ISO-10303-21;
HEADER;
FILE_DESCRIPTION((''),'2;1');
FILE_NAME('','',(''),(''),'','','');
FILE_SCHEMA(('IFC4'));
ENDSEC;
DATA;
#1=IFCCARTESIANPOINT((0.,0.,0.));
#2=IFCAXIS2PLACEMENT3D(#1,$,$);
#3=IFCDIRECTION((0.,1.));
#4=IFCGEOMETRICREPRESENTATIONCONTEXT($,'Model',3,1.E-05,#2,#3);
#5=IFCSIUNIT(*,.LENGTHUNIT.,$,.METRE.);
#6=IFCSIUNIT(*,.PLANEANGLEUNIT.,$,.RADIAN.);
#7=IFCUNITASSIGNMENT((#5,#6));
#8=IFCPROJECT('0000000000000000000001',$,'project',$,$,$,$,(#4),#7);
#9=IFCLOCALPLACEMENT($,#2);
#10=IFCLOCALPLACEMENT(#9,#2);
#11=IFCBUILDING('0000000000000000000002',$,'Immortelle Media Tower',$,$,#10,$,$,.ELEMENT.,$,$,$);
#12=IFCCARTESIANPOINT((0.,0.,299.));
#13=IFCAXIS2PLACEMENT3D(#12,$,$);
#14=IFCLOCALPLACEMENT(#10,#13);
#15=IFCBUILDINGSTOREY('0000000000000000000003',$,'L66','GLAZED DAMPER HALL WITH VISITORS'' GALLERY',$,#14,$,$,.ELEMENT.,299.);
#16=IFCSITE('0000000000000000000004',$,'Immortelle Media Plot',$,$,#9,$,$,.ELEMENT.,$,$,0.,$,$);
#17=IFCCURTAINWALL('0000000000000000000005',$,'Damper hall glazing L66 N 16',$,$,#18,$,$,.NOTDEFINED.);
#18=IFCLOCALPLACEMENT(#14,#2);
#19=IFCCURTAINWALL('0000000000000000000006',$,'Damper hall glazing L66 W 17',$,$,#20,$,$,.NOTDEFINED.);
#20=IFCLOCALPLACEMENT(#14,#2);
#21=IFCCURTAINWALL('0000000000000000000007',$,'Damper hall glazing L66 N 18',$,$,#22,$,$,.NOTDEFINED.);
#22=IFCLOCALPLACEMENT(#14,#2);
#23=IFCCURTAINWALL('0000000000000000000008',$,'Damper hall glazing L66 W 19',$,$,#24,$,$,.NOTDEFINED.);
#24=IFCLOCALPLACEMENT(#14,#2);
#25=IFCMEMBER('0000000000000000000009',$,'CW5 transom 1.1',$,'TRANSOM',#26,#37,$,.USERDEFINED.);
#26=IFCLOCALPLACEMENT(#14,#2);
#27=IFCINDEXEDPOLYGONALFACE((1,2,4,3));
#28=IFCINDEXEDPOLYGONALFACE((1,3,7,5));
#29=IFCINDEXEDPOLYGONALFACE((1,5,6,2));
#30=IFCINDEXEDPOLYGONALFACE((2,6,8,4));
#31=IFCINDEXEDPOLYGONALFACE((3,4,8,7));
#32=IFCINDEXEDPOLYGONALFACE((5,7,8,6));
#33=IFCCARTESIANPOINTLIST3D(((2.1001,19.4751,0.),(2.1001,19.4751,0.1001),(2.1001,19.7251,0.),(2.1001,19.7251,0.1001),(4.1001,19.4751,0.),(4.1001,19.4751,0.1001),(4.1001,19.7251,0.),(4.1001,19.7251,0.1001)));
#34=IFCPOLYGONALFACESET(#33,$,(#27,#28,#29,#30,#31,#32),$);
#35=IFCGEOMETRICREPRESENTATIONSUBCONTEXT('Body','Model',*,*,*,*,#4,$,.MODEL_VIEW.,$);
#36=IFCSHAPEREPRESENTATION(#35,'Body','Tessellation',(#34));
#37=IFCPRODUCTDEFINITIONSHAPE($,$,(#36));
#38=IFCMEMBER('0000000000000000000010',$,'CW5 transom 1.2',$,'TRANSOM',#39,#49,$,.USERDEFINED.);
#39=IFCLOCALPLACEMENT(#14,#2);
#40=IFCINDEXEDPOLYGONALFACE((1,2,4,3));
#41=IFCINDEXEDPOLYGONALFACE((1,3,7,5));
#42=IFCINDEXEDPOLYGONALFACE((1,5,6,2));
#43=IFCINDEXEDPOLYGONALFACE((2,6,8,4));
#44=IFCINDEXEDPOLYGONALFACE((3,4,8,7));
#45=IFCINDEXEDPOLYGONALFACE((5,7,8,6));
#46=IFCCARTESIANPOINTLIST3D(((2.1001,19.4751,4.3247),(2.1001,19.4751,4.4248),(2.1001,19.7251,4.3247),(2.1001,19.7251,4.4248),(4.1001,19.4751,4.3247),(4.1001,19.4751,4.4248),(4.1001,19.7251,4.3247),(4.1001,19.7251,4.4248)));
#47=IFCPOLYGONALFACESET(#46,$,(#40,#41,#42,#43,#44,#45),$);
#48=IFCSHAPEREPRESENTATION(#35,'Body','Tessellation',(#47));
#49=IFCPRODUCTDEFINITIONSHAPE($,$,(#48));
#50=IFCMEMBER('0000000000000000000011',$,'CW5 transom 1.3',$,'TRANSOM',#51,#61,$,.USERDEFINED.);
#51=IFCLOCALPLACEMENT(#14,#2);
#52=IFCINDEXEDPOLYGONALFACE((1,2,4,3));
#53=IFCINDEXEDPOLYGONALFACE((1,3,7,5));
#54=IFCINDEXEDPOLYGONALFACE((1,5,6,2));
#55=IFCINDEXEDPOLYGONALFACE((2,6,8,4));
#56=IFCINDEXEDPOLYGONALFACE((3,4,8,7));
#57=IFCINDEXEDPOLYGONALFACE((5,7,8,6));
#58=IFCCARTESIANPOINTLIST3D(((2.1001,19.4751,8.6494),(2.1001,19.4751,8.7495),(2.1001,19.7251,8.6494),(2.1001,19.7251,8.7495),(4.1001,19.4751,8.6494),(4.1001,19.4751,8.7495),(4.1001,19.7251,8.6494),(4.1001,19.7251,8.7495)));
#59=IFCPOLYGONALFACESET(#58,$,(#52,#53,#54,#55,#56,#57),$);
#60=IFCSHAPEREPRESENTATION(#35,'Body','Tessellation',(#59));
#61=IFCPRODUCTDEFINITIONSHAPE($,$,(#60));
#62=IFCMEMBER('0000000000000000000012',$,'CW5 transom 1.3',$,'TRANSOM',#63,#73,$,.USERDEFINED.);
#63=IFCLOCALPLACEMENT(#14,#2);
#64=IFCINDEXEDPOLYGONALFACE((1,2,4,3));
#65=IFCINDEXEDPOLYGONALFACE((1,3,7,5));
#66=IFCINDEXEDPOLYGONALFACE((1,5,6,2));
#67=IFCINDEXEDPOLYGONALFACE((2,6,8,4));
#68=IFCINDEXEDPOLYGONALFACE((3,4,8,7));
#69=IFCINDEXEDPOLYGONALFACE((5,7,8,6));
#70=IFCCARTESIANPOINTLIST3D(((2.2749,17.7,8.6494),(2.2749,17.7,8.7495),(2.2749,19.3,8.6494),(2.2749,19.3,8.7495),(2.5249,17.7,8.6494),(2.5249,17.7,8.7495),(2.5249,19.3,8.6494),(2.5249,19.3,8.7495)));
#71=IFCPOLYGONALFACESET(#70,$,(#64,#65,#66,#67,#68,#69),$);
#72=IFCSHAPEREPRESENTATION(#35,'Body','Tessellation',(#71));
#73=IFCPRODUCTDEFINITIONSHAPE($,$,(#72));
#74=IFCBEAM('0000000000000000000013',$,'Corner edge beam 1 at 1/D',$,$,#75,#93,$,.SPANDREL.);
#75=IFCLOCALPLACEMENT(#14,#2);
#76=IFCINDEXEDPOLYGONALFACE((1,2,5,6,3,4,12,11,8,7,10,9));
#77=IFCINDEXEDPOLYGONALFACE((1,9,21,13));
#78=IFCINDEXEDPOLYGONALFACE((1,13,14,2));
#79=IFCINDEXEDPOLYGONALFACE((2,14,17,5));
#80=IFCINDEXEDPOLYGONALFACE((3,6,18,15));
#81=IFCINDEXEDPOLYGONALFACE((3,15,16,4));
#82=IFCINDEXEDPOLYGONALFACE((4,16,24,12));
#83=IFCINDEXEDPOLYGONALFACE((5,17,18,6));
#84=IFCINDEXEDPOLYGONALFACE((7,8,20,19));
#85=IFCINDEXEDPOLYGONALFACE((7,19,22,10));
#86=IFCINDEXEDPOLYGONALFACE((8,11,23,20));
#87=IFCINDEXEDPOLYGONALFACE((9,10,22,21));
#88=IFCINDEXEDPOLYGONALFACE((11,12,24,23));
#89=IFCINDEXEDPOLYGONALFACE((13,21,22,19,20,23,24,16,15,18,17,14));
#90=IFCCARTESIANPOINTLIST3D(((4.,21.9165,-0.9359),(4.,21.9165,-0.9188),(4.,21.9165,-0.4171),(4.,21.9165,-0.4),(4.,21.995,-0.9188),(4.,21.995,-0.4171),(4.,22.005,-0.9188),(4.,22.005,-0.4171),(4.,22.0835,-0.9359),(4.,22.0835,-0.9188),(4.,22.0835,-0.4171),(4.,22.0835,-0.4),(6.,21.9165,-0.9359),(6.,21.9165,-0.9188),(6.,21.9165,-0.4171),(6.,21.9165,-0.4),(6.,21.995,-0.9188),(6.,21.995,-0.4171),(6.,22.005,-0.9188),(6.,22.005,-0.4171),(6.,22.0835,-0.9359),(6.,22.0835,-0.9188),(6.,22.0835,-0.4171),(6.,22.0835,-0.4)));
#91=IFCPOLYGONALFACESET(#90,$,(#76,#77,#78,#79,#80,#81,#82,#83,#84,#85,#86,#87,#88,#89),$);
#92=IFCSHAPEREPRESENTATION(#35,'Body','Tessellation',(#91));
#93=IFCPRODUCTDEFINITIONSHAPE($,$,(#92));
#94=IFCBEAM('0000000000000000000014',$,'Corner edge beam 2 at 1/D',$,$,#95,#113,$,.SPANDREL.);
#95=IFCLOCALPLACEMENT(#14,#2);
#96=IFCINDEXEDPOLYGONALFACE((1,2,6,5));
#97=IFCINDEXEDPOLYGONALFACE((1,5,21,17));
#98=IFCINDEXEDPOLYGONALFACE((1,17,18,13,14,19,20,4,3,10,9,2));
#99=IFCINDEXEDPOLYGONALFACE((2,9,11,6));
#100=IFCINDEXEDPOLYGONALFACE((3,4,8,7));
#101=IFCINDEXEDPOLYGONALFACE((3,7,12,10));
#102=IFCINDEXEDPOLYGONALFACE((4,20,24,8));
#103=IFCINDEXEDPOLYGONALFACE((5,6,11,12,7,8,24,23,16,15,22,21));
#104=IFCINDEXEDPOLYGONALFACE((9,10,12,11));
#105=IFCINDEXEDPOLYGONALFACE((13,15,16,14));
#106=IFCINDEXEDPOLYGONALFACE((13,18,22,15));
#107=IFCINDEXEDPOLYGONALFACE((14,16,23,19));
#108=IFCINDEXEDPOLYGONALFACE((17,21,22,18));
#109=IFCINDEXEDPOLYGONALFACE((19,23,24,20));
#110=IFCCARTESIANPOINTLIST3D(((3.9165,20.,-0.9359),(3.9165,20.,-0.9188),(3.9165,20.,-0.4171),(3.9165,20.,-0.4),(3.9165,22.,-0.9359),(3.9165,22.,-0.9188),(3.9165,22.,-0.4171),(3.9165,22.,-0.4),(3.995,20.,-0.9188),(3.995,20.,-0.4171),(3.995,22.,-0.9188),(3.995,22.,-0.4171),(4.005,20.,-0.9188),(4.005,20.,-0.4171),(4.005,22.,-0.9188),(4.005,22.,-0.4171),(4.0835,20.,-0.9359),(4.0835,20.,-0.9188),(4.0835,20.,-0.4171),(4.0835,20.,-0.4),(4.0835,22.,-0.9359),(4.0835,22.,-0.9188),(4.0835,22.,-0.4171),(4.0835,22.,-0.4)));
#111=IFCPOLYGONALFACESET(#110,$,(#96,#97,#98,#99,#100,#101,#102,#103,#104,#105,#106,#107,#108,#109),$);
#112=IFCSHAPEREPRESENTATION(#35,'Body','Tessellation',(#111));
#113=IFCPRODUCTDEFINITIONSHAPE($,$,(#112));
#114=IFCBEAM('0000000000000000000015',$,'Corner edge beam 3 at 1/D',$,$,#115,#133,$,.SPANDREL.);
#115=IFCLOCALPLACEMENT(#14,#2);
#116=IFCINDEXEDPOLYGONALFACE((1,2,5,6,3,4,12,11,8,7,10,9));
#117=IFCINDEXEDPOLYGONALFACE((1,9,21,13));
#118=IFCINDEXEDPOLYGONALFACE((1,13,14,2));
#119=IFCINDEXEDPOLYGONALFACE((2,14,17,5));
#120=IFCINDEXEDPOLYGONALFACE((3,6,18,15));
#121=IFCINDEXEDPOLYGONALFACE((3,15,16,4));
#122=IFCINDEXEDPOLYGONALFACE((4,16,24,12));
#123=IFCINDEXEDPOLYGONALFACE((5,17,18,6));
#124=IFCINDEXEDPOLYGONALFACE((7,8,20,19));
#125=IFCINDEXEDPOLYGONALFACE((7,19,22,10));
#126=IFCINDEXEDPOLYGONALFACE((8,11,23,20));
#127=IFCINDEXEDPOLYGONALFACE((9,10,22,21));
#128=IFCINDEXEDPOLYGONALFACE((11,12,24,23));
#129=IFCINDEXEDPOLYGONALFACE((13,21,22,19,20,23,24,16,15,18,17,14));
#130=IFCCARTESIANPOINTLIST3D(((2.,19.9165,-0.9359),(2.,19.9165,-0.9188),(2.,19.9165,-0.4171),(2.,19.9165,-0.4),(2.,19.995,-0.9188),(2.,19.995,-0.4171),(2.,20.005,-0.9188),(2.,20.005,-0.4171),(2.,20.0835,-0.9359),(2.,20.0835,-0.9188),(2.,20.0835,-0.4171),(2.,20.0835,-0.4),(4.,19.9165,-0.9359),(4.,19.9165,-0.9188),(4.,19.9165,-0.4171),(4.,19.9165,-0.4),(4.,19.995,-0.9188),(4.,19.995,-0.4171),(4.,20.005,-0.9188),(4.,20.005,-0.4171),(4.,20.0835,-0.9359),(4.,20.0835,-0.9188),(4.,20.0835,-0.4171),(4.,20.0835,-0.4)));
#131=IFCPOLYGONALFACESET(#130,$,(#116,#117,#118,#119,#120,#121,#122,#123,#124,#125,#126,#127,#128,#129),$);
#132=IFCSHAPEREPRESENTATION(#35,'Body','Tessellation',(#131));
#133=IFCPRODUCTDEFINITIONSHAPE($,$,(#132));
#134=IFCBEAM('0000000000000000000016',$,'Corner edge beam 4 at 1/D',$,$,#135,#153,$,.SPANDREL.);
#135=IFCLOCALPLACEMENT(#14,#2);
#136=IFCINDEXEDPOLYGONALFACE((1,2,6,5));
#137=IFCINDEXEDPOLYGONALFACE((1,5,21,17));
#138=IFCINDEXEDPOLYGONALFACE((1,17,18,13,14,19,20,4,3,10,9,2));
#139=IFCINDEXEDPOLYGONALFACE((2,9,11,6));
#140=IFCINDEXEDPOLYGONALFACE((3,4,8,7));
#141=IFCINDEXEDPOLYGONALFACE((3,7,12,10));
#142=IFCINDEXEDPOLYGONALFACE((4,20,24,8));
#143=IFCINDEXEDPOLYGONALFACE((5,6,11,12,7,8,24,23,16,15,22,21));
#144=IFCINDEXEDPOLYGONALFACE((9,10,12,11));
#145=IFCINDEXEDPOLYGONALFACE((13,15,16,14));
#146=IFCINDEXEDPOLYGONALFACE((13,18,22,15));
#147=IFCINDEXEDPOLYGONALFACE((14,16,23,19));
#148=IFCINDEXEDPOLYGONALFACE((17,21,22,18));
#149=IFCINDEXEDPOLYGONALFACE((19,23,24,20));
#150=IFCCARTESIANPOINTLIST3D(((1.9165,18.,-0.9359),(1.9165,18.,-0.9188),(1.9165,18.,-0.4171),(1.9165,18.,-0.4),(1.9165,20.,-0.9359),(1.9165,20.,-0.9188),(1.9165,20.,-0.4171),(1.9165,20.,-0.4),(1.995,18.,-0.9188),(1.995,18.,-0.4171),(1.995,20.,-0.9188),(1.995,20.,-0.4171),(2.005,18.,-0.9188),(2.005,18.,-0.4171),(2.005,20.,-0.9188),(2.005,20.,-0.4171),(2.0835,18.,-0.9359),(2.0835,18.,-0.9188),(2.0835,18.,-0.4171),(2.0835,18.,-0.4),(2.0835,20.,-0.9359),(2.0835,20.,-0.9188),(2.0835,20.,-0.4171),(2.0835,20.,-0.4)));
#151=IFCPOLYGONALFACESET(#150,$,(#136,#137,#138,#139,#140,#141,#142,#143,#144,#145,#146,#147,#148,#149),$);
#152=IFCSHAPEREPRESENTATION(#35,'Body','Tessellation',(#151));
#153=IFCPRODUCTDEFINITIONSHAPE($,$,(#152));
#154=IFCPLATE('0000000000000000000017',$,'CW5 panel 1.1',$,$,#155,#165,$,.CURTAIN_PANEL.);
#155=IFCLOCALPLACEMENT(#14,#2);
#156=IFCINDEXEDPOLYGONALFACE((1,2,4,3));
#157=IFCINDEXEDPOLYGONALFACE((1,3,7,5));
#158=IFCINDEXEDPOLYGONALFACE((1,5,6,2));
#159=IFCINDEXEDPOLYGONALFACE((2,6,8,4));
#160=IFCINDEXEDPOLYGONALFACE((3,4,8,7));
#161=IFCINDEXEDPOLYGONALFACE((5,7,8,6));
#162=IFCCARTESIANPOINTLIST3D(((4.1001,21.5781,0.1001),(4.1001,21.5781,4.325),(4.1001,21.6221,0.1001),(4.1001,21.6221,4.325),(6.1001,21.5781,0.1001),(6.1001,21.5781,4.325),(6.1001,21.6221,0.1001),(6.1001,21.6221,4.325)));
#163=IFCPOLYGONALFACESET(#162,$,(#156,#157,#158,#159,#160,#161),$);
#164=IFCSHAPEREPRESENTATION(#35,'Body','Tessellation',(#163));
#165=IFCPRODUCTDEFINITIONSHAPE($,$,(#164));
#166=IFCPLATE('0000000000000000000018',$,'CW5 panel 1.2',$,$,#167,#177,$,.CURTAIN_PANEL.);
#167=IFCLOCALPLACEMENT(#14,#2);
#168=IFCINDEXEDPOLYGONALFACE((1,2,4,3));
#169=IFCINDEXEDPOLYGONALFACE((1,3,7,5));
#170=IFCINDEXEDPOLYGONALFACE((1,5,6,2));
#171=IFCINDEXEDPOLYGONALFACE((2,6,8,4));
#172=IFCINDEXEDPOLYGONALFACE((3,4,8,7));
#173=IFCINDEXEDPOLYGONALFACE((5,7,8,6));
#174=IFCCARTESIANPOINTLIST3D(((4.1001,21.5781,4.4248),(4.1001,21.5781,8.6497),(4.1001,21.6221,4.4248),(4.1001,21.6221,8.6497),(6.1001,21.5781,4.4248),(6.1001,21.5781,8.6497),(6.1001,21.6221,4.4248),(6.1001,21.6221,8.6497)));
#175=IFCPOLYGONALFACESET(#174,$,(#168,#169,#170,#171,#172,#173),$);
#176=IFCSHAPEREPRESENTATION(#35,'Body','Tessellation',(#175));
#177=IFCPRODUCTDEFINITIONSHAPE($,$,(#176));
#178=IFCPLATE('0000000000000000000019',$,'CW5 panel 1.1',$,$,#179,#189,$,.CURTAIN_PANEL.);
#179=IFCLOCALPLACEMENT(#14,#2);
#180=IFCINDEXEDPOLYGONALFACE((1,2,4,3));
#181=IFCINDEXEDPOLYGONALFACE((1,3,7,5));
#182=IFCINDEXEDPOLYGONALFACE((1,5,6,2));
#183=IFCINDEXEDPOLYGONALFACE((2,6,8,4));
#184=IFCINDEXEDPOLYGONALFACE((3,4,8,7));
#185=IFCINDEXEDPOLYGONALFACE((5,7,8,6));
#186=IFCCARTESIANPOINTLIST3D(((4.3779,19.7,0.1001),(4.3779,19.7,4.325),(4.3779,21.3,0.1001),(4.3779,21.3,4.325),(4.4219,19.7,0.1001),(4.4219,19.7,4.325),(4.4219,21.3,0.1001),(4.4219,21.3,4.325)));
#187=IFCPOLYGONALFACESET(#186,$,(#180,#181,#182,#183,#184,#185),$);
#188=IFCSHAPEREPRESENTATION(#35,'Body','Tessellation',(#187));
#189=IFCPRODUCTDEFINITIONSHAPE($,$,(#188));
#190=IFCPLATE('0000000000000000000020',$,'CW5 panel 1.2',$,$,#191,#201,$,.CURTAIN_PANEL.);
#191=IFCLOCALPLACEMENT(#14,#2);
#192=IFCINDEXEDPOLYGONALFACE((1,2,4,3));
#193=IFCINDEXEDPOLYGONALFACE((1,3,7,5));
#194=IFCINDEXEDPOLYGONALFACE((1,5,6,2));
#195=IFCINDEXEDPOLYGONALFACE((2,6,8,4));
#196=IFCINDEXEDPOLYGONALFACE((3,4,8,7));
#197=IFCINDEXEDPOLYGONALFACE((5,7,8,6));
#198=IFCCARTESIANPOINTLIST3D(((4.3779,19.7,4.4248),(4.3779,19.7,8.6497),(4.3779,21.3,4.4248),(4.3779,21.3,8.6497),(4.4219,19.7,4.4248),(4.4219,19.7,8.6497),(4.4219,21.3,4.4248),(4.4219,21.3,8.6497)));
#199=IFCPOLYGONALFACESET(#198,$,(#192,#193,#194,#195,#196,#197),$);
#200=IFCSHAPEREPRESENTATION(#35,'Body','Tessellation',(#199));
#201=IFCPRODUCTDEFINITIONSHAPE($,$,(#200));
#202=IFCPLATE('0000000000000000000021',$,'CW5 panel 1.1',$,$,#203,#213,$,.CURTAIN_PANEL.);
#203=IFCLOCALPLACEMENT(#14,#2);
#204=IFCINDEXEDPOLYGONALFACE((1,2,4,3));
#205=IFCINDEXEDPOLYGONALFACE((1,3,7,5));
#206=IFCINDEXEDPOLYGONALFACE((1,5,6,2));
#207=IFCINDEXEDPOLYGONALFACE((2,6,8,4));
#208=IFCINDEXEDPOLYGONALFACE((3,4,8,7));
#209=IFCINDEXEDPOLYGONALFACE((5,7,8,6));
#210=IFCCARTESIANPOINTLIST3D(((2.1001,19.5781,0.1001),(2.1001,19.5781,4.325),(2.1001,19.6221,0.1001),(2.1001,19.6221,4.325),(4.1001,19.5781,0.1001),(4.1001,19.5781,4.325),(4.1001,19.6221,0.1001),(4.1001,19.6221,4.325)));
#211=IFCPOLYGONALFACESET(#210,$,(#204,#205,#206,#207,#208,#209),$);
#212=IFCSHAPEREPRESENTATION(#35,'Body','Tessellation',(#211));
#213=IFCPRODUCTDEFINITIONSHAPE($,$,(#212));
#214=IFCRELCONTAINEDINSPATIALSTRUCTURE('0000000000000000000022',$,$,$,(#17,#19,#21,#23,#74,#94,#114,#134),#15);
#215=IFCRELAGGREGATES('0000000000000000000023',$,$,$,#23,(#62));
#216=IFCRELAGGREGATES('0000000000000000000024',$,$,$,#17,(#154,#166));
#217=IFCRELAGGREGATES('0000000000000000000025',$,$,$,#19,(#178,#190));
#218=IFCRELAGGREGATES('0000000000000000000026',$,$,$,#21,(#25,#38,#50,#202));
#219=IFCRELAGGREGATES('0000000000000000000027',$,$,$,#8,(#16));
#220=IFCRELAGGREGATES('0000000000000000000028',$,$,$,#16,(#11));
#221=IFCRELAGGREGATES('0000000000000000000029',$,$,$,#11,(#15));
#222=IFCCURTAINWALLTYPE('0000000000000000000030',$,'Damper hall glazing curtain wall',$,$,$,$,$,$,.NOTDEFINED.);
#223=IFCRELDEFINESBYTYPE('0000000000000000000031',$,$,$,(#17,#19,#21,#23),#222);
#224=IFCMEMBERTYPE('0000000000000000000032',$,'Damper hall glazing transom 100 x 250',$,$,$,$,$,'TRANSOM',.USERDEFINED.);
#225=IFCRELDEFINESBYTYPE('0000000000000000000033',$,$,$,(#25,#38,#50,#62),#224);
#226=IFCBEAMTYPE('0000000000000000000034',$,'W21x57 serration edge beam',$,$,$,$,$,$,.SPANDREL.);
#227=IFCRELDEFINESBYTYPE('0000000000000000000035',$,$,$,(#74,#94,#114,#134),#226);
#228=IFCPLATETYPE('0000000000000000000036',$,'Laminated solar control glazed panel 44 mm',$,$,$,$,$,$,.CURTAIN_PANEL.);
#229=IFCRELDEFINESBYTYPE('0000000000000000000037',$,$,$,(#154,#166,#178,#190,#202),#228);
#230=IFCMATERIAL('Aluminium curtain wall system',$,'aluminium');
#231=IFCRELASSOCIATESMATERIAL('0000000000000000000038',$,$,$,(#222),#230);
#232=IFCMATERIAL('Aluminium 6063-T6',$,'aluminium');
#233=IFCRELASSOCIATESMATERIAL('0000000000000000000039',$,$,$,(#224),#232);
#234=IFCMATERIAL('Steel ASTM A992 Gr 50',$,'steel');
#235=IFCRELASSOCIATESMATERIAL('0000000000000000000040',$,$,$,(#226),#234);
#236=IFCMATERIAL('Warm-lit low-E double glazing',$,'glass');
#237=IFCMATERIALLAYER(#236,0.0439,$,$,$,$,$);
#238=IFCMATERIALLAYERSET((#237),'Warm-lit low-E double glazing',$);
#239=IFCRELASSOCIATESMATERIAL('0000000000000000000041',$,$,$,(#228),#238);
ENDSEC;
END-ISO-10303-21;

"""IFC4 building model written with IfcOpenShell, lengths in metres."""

from ifc_helpers import new_model, si_unit, direction, frame, origin, origin_2d, place, context, subcontext, project, spatial, rectangle, i_section, extrude, material, layer, layer_set, material_profile, profile_set, type_object, element, aggregate, save


model = new_model("IFC4")

# Units and contexts
model_context = context("Model", 3, precision=1e-05, world=origin(), true_north=direction((0.0, 1.0)))
body_context = subcontext(model_context, "Body", "Model", "MODEL_VIEW")
ifc_project = project(units=[si_unit("LENGTHUNIT", "METRE"), si_unit("PLANEANGLEUNIT", "RADIAN")], contexts=[model_context])

# Site, building, storey
site_placement = place(None, origin())
site = spatial("IfcSite", under=ifc_project, at=site_placement, Name="Immortelle Media Plot", CompositionType="ELEMENT", RefElevation=0.0)
building_placement = place(site_placement, origin())
building = spatial("IfcBuilding", under=site, at=building_placement, Name="Immortelle Media Tower", CompositionType="ELEMENT")
storey_placement = place(building_placement, frame((0.0, 0.0, 299.0)))
storey = spatial("IfcBuildingStorey", under=building, at=storey_placement, Name="L66", Description="GLAZED DAMPER HALL WITH VISITORS' GALLERY", CompositionType="ELEMENT", Elevation=299.0)

# Shared definitions
ifc_material_1 = material(Name="Aluminium curtain wall system", Category="aluminium")
curtain_wall_type = type_object("IfcCurtainWallType", Name="Damper hall glazing curtain wall", PredefinedType="NOTDEFINED", material=ifc_material_1)
ifc_material_2 = material(Name="Aluminium 6063-T6", Category="aluminium")

# Curtain walls
curtain_wall_1_placement = place(storey_placement, origin())
curtain_wall_1 = element("IfcCurtainWall", 1, at=curtain_wall_1_placement, inside=storey, type_object=curtain_wall_type, Name="Damper hall glazing L66 N 16", PredefinedType="NOTDEFINED")
curtain_wall_2_placement = place(storey_placement, origin())
curtain_wall_2 = element("IfcCurtainWall", 2, at=curtain_wall_2_placement, inside=storey, type_object=curtain_wall_type, Name="Damper hall glazing L66 W 17", PredefinedType="NOTDEFINED")
curtain_wall_3_placement = place(storey_placement, origin())
curtain_wall_3 = element("IfcCurtainWall", 3, at=curtain_wall_3_placement, inside=storey, type_object=curtain_wall_type, Name="Damper hall glazing L66 N 18", PredefinedType="NOTDEFINED")

# Curtain wall
curtain_wall_4_placement = place(storey_placement, origin())
curtain_wall_4 = element("IfcCurtainWall", 4, at=curtain_wall_4_placement, inside=storey, type_object=curtain_wall_type, Name="Damper hall glazing L66 W 19", PredefinedType="NOTDEFINED")

# Members
ifc_material_profile_1 = material_profile(ifc_material_2, rectangle(XDim=0.25, YDim=0.1001, at=origin_2d()), Name="AL 100x250")
ifc_profile_set_1 = profile_set([ifc_material_profile_1], Name="Aluminium 6063-T6")
member_type_1 = type_object("IfcMemberType", Name="Damper hall glazing transom 100 x 250", ElementType="TRANSOM", PredefinedType="USERDEFINED", material=ifc_profile_set_1)
member_1_placement = place(storey_placement, frame((4.1001, 19.6001, 0.05), z_axis=(-1.0, 0.0, 0.0), x_axis=(0.0, -1.0, 0.0)))
member_1 = element("IfcMember", 5, at=member_1_placement, type_object=member_type_1, Name="CW5 transom 1.1", ObjectType="TRANSOM", PredefinedType="USERDEFINED", context=body_context, shape_type="SweptSolid", body=[
    extrude(rectangle(XDim=0.25, YDim=0.1001, at=origin_2d()), origin(), (0.0, 0.0, 1.0), 2.0),
])
member_2_placement = place(storey_placement, frame((4.1001, 19.6001, 4.3748), z_axis=(-1.0, 0.0, 0.0), x_axis=(0.0, -1.0, 0.0)))
member_2 = element("IfcMember", 6, at=member_2_placement, type_object=member_type_1, Name="CW5 transom 1.2", ObjectType="TRANSOM", PredefinedType="USERDEFINED", context=body_context, shape_type="SweptSolid", body=[
    extrude(rectangle(XDim=0.25, YDim=0.1001, at=origin_2d()), origin(), (0.0, 0.0, 1.0), 2.0),
])
member_3_placement = place(storey_placement, frame((4.1001, 19.6001, 8.6995), z_axis=(-1.0, 0.0, 0.0), x_axis=(0.0, -1.0, 0.0)))
member_3 = element("IfcMember", 7, at=member_3_placement, type_object=member_type_1, Name="CW5 transom 1.3", ObjectType="TRANSOM", PredefinedType="USERDEFINED", context=body_context, shape_type="SweptSolid", body=[
    extrude(rectangle(XDim=0.25, YDim=0.1001, at=origin_2d()), origin(), (0.0, 0.0, 1.0), 2.0),
])
member_4_placement = place(storey_placement, frame((2.3999, 19.3, 8.6995), z_axis=(0.0, -1.0, 0.0), x_axis=(1.0, 0.0, 0.0)))
member_4 = element("IfcMember", 8, at=member_4_placement, type_object=member_type_1, Name="CW5 transom 1.3", ObjectType="TRANSOM", PredefinedType="USERDEFINED", context=body_context, shape_type="SweptSolid", body=[
    extrude(rectangle(XDim=0.25, YDim=0.1001, at=origin_2d()), origin(), (0.0, 0.0, 1.0), 1.6001),
])
aggregate(curtain_wall_4, [member_4])

# Beams
ifc_material_3 = material(Name="Steel ASTM A992 Gr 50", Category="steel")
ifc_material_profile_2 = material_profile(ifc_material_3, i_section(OverallWidth=0.167, OverallDepth=0.5359, WebThickness=0.01, FlangeThickness=0.0171, at=origin_2d()), Name="W21x57")
ifc_profile_set_2 = profile_set([ifc_material_profile_2], Name="Steel ASTM A992 Gr 50")
beam_type = type_object("IfcBeamType", Name="W21x57 serration edge beam", PredefinedType="SPANDREL", material=ifc_profile_set_2)
for number, where, z_axis, x_axis, name in (
    (9, (6.0, 22.0, -0.668), (-1.0, 0.0, 0.0), (0.0, -1.0, 0.0), "Corner edge beam 1 at 1/D"),
    (10, (4.0, 22.0, -0.668), (0.0, -1.0, 0.0), (1.0, 0.0, 0.0), "Corner edge beam 2 at 1/D"),
    (11, (4.0, 20.0, -0.668), (-1.0, 0.0, 0.0), (0.0, -1.0, 0.0), "Corner edge beam 3 at 1/D"),
    (12, (2.0, 20.0, -0.668), (0.0, -1.0, 0.0), (1.0, 0.0, 0.0), "Corner edge beam 4 at 1/D"),
):
    element("IfcBeam", number, at=place(storey_placement, frame(where, z_axis=z_axis, x_axis=x_axis)), inside=storey, type_object=beam_type, Name=name, PredefinedType="SPANDREL", context=body_context, shape_type="SweptSolid", body=[
        extrude(i_section(OverallWidth=0.167, OverallDepth=0.5359, WebThickness=0.01, FlangeThickness=0.0171, at=origin_2d()), origin(), (0.0, 0.0, 1.0), 2.0),
    ])

# Plates
ifc_material_4 = material(Name="Warm-lit low-E double glazing", Category="glass")
ifc_layer = layer(ifc_material_4, 0.0439)
ifc_layer_set = layer_set([ifc_layer], Name="Warm-lit low-E double glazing")
plate_type = type_object("IfcPlateType", Name="Laminated solar control glazed panel 44 mm", PredefinedType="CURTAIN_PANEL", material=ifc_layer_set)
plate_1_placement = place(storey_placement, frame((5.1001, 21.6001, 0.1001), z_axis=(0.0, 0.0, 1.0), x_axis=(-1.0, 0.0, 0.0)))
plate_1 = element("IfcPlate", 13, at=plate_1_placement, type_object=plate_type, Name="CW5 panel 1.1", PredefinedType="CURTAIN_PANEL", context=body_context, shape_type="SweptSolid", body=[
    extrude(rectangle(XDim=2.0, YDim=0.0439, at=origin_2d()), origin(), (0.0, 0.0, 1.0), 4.2249),
])
plate_2_placement = place(storey_placement, frame((5.1001, 21.6001, 4.4248), z_axis=(0.0, 0.0, 1.0), x_axis=(-1.0, 0.0, 0.0)))
plate_2 = element("IfcPlate", 14, at=plate_2_placement, type_object=plate_type, Name="CW5 panel 1.2", PredefinedType="CURTAIN_PANEL", context=body_context, shape_type="SweptSolid", body=[
    extrude(rectangle(XDim=2.0, YDim=0.0439, at=origin_2d()), origin(), (0.0, 0.0, 1.0), 4.2249),
])
aggregate(curtain_wall_1, [plate_1, plate_2])
plate_3_placement = place(storey_placement, frame((4.3999, 20.5, 0.1001), z_axis=(0.0, 0.0, 1.0), x_axis=(0.0, -1.0, 0.0)))
plate_3 = element("IfcPlate", 15, at=plate_3_placement, type_object=plate_type, Name="CW5 panel 1.1", PredefinedType="CURTAIN_PANEL", context=body_context, shape_type="SweptSolid", body=[
    extrude(rectangle(XDim=1.6001, YDim=0.0439, at=origin_2d()), origin(), (0.0, 0.0, 1.0), 4.2249),
])
plate_4_placement = place(storey_placement, frame((4.3999, 20.5, 4.4248), z_axis=(0.0, 0.0, 1.0), x_axis=(0.0, -1.0, 0.0)))
plate_4 = element("IfcPlate", 16, at=plate_4_placement, type_object=plate_type, Name="CW5 panel 1.2", PredefinedType="CURTAIN_PANEL", context=body_context, shape_type="SweptSolid", body=[
    extrude(rectangle(XDim=1.6001, YDim=0.0439, at=origin_2d()), origin(), (0.0, 0.0, 1.0), 4.2249),
])
aggregate(curtain_wall_2, [plate_3, plate_4])
plate_5_placement = place(storey_placement, frame((3.1001, 19.6001, 0.1001), z_axis=(0.0, 0.0, 1.0), x_axis=(-1.0, 0.0, 0.0)))
plate_5 = element("IfcPlate", 17, at=plate_5_placement, type_object=plate_type, Name="CW5 panel 1.1", PredefinedType="CURTAIN_PANEL", context=body_context, shape_type="SweptSolid", body=[
    extrude(rectangle(XDim=2.0, YDim=0.0439, at=origin_2d()), origin(), (0.0, 0.0, 1.0), 4.2249),
])
aggregate(curtain_wall_3, [member_1, member_2, member_3, plate_5])

save(model, "model.ifc")
